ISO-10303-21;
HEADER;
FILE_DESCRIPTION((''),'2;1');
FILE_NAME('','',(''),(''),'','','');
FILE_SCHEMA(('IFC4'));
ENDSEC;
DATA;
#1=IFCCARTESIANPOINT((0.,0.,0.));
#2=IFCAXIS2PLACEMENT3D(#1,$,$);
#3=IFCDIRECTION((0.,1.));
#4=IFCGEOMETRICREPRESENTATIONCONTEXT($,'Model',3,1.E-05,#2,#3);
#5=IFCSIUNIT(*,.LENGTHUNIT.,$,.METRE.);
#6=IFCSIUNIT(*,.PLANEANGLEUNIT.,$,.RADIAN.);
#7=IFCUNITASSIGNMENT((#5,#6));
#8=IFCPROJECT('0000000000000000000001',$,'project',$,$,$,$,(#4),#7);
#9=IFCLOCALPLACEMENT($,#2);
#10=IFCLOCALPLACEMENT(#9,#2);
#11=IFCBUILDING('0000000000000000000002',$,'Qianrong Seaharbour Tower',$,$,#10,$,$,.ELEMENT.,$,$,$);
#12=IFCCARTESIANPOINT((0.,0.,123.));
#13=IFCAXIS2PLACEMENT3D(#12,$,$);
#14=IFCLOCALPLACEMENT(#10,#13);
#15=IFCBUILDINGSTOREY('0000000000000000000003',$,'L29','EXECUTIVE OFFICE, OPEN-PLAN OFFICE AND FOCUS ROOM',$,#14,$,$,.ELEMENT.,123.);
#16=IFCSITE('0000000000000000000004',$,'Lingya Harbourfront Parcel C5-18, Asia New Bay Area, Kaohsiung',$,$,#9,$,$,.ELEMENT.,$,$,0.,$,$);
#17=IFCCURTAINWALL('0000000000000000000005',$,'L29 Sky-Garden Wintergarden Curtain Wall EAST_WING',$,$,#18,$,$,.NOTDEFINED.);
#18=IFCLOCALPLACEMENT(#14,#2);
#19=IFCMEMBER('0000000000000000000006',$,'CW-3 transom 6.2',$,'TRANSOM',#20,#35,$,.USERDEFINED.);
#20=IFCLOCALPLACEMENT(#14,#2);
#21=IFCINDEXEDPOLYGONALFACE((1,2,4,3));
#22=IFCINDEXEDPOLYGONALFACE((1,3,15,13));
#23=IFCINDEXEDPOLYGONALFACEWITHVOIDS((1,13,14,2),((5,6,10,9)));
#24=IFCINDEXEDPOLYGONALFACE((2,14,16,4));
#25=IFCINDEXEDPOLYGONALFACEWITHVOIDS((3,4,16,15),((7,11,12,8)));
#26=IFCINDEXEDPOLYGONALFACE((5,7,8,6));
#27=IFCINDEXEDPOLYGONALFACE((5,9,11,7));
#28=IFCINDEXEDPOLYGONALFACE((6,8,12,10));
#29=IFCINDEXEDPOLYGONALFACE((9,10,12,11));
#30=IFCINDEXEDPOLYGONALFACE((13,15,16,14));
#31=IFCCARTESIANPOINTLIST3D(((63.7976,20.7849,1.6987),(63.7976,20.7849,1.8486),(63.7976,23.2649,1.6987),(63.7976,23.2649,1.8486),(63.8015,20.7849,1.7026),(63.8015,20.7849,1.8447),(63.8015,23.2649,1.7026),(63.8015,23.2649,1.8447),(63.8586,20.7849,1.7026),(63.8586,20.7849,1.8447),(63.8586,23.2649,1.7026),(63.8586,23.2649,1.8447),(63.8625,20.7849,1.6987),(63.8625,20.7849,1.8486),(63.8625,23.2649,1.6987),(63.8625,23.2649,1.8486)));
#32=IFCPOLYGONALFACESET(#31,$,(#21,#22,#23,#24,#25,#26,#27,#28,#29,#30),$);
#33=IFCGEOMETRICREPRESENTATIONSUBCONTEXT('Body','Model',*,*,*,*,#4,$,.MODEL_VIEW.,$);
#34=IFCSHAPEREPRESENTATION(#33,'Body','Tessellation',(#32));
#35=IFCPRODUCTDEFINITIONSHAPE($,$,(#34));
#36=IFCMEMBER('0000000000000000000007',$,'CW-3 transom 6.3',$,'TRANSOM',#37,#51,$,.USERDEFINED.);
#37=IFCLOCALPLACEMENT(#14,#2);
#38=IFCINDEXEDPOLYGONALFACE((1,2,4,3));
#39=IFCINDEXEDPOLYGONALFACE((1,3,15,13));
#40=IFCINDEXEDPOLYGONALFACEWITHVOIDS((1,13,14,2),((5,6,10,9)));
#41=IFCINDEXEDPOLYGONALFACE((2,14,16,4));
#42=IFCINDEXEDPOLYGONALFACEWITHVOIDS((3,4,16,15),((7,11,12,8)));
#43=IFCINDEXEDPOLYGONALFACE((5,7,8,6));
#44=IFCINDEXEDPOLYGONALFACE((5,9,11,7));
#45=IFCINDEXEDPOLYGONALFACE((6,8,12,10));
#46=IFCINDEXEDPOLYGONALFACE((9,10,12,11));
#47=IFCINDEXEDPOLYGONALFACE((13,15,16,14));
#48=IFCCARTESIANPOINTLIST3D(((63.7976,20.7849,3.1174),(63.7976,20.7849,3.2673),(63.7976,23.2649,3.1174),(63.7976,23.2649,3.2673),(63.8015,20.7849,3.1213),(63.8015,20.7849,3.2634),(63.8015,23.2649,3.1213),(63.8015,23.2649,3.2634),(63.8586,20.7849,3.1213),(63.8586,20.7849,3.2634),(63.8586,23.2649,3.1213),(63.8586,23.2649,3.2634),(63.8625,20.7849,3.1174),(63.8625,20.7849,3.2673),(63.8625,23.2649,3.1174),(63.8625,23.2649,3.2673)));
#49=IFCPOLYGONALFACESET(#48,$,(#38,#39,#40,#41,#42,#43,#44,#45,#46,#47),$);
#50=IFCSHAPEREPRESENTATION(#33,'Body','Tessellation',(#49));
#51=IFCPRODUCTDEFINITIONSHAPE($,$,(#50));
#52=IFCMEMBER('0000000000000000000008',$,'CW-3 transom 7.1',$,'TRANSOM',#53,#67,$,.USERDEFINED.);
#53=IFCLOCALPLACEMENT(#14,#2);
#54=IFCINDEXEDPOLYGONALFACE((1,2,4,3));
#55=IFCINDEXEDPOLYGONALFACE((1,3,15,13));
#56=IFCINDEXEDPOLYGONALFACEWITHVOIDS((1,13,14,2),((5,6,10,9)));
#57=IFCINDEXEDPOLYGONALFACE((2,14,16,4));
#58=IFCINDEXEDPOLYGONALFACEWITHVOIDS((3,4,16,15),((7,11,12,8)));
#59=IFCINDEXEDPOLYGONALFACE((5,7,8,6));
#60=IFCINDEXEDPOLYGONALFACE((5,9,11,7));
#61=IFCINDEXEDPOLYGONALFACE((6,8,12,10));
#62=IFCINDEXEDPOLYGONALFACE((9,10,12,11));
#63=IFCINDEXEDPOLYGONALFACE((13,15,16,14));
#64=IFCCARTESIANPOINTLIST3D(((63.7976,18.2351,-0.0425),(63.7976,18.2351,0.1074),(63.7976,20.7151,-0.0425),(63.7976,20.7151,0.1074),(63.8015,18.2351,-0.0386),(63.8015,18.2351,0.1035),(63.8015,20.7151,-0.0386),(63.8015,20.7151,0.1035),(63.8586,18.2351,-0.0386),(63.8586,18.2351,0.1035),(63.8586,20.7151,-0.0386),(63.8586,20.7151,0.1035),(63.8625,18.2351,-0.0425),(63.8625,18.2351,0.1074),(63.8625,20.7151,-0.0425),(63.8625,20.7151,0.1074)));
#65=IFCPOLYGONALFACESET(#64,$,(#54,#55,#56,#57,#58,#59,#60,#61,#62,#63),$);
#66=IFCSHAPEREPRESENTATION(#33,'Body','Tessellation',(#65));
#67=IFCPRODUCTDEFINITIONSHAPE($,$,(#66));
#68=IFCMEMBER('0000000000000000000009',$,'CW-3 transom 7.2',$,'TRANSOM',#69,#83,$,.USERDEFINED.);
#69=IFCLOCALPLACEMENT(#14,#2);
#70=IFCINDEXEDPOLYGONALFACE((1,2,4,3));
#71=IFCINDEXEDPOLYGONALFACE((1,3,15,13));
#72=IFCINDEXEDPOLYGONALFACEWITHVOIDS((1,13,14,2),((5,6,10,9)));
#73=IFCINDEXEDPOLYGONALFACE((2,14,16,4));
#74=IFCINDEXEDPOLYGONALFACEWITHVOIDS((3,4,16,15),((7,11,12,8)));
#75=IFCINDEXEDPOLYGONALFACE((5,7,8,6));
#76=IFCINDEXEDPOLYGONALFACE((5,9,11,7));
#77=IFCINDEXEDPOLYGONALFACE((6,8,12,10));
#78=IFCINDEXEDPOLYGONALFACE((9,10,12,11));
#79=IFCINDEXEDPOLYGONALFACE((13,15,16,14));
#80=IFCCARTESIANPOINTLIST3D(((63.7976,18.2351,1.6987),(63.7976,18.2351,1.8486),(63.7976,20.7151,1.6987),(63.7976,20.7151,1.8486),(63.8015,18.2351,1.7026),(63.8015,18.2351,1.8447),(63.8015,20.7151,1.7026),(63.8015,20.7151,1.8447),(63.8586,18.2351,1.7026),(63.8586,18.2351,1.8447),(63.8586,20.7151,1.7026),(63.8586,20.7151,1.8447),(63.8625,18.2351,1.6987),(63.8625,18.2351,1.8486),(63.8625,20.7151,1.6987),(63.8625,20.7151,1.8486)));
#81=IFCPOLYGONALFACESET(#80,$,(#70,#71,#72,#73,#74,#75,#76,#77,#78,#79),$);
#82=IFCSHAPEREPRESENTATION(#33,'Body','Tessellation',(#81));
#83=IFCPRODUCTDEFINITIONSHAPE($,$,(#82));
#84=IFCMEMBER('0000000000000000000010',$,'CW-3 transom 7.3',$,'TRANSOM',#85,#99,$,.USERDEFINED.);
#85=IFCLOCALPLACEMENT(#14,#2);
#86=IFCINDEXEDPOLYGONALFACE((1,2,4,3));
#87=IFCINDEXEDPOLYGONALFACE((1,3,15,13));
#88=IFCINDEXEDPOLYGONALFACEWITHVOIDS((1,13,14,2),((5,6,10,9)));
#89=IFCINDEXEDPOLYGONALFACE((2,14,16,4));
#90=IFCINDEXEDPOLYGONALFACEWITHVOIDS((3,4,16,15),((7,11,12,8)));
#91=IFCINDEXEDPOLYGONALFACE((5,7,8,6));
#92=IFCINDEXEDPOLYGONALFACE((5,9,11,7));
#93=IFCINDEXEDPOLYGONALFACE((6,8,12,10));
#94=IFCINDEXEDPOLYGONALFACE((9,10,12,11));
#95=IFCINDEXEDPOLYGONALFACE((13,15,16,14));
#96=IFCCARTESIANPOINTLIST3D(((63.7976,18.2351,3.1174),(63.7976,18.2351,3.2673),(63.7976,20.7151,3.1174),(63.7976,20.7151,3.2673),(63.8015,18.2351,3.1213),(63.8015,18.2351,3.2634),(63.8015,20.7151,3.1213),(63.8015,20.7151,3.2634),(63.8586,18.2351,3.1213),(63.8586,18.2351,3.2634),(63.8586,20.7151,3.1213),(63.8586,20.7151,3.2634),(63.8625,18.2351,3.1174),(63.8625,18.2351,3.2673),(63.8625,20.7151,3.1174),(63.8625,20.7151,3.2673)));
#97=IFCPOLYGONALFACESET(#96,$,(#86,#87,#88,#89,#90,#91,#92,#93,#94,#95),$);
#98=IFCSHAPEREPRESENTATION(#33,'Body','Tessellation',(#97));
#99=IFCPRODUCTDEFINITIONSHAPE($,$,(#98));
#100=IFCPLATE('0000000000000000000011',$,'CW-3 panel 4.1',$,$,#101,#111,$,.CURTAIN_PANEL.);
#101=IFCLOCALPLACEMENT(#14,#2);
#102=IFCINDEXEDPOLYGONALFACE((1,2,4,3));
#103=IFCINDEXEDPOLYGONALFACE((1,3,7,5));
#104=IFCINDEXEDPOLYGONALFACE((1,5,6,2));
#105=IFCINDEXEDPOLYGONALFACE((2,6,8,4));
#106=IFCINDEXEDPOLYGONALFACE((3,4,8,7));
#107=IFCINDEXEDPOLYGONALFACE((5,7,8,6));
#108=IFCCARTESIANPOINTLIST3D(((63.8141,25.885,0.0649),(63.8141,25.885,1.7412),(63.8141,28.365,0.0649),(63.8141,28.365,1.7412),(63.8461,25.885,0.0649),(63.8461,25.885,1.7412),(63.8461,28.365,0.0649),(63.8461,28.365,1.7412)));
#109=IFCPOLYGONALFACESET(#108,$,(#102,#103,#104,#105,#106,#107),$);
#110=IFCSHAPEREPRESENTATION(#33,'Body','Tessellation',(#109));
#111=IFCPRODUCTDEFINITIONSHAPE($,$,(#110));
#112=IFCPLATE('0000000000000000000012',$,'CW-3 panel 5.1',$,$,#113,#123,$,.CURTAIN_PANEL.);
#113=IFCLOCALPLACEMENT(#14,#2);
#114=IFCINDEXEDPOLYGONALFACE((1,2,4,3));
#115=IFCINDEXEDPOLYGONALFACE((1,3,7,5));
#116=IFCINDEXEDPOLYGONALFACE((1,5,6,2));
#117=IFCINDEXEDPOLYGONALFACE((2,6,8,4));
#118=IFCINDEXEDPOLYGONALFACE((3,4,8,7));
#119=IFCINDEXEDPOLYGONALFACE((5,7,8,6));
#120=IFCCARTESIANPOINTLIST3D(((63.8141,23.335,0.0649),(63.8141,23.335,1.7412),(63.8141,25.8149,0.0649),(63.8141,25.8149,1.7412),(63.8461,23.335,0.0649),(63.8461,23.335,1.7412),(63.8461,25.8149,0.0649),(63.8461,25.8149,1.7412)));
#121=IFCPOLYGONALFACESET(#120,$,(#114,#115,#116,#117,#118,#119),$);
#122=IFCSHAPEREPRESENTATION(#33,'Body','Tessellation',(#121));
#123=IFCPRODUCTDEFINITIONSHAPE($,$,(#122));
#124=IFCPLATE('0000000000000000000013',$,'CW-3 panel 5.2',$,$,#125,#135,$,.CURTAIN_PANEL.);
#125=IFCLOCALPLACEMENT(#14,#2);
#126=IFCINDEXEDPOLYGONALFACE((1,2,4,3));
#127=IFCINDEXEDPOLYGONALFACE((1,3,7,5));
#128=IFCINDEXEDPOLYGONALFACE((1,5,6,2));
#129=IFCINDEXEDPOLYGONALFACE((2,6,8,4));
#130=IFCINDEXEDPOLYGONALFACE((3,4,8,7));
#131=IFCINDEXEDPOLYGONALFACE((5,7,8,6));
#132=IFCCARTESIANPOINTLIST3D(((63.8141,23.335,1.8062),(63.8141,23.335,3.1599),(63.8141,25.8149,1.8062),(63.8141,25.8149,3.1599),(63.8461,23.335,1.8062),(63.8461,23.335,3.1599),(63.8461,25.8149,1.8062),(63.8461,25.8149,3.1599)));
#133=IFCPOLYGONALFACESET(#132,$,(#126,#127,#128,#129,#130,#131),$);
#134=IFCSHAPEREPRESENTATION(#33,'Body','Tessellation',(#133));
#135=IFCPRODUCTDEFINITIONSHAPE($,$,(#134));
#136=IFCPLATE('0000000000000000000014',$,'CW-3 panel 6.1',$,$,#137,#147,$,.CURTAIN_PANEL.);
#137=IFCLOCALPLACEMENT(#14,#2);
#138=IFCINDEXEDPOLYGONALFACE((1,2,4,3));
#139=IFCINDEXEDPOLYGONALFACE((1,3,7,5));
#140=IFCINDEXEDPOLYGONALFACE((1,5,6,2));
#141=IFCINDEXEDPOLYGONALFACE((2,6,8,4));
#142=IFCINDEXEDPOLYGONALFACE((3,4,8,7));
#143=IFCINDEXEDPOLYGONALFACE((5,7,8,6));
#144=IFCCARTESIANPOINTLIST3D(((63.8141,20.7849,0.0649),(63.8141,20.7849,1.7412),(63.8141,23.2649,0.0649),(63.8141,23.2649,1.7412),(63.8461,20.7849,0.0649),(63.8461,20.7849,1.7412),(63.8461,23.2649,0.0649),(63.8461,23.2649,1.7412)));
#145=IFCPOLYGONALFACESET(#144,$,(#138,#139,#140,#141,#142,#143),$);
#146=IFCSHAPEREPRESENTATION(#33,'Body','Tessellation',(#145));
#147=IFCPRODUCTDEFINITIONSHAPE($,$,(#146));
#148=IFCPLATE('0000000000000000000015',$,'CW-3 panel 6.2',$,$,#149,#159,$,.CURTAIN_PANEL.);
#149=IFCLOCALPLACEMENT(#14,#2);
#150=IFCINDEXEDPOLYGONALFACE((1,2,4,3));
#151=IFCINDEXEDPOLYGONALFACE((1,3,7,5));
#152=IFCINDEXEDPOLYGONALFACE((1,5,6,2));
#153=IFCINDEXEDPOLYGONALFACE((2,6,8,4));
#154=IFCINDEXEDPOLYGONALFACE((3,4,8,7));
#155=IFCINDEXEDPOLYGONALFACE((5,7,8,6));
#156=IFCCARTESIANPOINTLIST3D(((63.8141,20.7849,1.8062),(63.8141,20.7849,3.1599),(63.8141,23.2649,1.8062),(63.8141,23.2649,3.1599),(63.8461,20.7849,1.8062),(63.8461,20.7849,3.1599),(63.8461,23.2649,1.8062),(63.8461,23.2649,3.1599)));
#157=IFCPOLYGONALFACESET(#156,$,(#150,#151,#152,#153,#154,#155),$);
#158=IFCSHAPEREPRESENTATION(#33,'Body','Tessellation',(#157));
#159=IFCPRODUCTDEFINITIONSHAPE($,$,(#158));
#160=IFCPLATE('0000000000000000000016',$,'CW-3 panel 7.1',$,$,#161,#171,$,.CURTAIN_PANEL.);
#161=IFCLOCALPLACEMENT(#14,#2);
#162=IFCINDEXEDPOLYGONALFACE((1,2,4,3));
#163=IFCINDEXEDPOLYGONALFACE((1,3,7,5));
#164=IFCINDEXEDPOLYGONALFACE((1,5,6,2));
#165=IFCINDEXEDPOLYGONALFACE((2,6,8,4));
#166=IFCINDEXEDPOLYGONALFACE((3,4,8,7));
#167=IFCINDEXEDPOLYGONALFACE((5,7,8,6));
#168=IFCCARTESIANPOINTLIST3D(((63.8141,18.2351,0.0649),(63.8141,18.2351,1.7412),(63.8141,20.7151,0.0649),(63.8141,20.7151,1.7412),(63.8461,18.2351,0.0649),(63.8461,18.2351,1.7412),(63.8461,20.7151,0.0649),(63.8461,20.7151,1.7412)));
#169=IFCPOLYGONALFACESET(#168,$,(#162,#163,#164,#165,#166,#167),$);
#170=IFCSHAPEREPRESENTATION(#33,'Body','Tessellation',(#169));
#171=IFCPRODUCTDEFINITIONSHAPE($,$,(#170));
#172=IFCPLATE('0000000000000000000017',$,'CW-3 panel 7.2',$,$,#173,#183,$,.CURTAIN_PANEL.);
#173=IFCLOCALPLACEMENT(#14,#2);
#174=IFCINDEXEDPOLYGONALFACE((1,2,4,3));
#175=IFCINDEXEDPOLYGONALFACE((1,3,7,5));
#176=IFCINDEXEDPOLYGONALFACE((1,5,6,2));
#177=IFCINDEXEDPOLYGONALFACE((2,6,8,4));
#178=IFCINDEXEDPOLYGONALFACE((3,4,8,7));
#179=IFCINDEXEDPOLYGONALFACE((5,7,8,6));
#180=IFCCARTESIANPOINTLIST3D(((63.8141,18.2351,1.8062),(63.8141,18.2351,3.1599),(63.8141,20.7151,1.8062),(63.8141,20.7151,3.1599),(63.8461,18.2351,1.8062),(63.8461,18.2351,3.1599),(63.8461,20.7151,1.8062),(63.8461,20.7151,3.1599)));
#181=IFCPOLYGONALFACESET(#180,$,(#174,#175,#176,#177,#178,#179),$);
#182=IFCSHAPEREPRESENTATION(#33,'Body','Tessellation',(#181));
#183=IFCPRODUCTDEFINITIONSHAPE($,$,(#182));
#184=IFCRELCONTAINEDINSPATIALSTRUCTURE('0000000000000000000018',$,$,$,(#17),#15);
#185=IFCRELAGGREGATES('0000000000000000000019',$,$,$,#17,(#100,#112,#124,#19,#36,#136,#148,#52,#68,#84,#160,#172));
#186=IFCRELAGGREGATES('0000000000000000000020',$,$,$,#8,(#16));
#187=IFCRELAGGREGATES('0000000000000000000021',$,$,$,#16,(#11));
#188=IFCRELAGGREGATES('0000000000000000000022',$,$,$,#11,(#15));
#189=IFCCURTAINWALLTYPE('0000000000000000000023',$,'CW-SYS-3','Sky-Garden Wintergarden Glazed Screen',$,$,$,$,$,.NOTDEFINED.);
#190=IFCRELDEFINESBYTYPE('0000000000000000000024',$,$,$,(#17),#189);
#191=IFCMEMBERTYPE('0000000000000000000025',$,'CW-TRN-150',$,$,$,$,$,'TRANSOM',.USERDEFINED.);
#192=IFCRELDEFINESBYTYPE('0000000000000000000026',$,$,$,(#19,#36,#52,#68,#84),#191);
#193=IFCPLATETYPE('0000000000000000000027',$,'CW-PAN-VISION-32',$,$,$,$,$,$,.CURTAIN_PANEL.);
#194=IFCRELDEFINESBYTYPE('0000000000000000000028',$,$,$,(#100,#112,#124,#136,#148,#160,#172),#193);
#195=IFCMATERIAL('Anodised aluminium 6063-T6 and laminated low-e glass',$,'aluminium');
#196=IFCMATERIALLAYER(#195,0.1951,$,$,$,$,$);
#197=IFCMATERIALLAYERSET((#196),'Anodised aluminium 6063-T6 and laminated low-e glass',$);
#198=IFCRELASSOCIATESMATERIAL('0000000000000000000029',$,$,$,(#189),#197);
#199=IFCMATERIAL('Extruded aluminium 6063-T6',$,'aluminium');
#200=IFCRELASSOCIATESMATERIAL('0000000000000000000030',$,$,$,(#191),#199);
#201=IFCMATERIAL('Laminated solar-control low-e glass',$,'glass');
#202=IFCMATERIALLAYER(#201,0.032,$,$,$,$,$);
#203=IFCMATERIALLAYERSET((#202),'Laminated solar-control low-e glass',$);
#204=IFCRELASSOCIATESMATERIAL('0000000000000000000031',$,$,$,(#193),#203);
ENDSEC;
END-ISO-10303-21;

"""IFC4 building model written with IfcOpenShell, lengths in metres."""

from ifc_helpers import new_model, si_unit, direction, frame, origin, origin_2d, place, context, subcontext, project, spatial, rectangle, hollow_rectangle, extrude, material, layer, layer_set, material_profile, profile_set, type_object, element, aggregate, save


model = new_model("IFC4")

# Units and contexts
model_context = context("Model", 3, precision=1e-05, world=origin(), true_north=direction((0.0, 1.0)))
body_context = subcontext(model_context, "Body", "Model", "MODEL_VIEW")
ifc_project = project(units=[si_unit("LENGTHUNIT", "METRE"), si_unit("PLANEANGLEUNIT", "RADIAN")], contexts=[model_context])

# Site, building, storey
site_placement = place(None, origin())
site = spatial("IfcSite", under=ifc_project, at=site_placement, Name="Lingya Harbourfront Parcel C5-18, Asia New Bay Area, Kaohsiung", CompositionType="ELEMENT", RefElevation=0.0)
building_placement = place(site_placement, origin())
building = spatial("IfcBuilding", under=site, at=building_placement, Name="Qianrong Seaharbour Tower", CompositionType="ELEMENT")
storey_placement = place(building_placement, frame((0.0, 0.0, 123.0)))
storey = spatial("IfcBuildingStorey", under=building, at=storey_placement, Name="L29", Description="EXECUTIVE OFFICE, OPEN-PLAN OFFICE AND FOCUS ROOM", CompositionType="ELEMENT", Elevation=123.0)

# Curtain wall, members, plates
ifc_material_1 = material(Name="Anodised aluminium 6063-T6 and laminated low-e glass", Category="aluminium")
ifc_layer_1 = layer(ifc_material_1, 0.1951)
ifc_layer_set_1 = layer_set([ifc_layer_1], Name="Anodised aluminium 6063-T6 and laminated low-e glass")
curtain_wall_type = type_object("IfcCurtainWallType", Name="CW-SYS-3", Description="Sky-Garden Wintergarden Glazed Screen", PredefinedType="NOTDEFINED", material=ifc_layer_set_1)
curtain_wall_placement = place(storey_placement, origin())
curtain_wall = element("IfcCurtainWall", 1, at=curtain_wall_placement, inside=storey, type_object=curtain_wall_type, Name="L29 Sky-Garden Wintergarden Curtain Wall EAST_WING", PredefinedType="NOTDEFINED")
ifc_material_2 = material(Name="Extruded aluminium 6063-T6", Category="aluminium")
ifc_material_profile_1 = material_profile(ifc_material_2, hollow_rectangle(XDim=0.0649, YDim=0.1499, WallThickness=0.0039, at=origin_2d()), Name="ALU-TRN-150x65x4")
ifc_profile_set_1 = profile_set([ifc_material_profile_1], Name="Extruded aluminium 6063-T6")
member_type_1 = type_object("IfcMemberType", Name="CW-TRN-150", ElementType="TRANSOM", PredefinedType="USERDEFINED", material=ifc_profile_set_1)
member_1_placement = place(storey_placement, frame((63.8301, 23.2649, 1.7737), z_axis=(0.0, -1.0, 0.0), x_axis=(1.0, 0.0, 0.0)))
member_1 = element("IfcMember", 2, at=member_1_placement, type_object=member_type_1, Name="CW-3 transom 6.2", ObjectType="TRANSOM", PredefinedType="USERDEFINED", context=body_context, shape_type="SweptSolid", body=[
    extrude(hollow_rectangle(XDim=0.0649, YDim=0.1499, WallThickness=0.0039, at=origin_2d()), origin(), (0.0, 0.0, 1.0), 2.48),
])
member_2_placement = place(storey_placement, frame((63.8301, 23.2649, 3.1924), z_axis=(0.0, -1.0, 0.0), x_axis=(1.0, 0.0, 0.0)))
member_2 = element("IfcMember", 3, at=member_2_placement, type_object=member_type_1, Name="CW-3 transom 6.3", ObjectType="TRANSOM", PredefinedType="USERDEFINED", context=body_context, shape_type="SweptSolid", body=[
    extrude(hollow_rectangle(XDim=0.0649, YDim=0.1499, WallThickness=0.0039, at=origin_2d()), origin(), (0.0, 0.0, 1.0), 2.48),
])
member_3_placement = place(storey_placement, frame((63.8301, 20.7151, 0.0325), z_axis=(0.0, -1.0, 0.0), x_axis=(1.0, 0.0, 0.0)))
member_3 = element("IfcMember", 4, at=member_3_placement, type_object=member_type_1, Name="CW-3 transom 7.1", ObjectType="TRANSOM", PredefinedType="USERDEFINED", context=body_context, shape_type="SweptSolid", body=[
    extrude(hollow_rectangle(XDim=0.0649, YDim=0.1499, WallThickness=0.0039, at=origin_2d()), origin(), (0.0, 0.0, 1.0), 2.48),
])
member_4_placement = place(storey_placement, frame((63.8301, 20.7151, 1.7737), z_axis=(0.0, -1.0, 0.0), x_axis=(1.0, 0.0, 0.0)))
member_4 = element("IfcMember", 5, at=member_4_placement, type_object=member_type_1, Name="CW-3 transom 7.2", ObjectType="TRANSOM", PredefinedType="USERDEFINED", context=body_context, shape_type="SweptSolid", body=[
    extrude(hollow_rectangle(XDim=0.0649, YDim=0.1499, WallThickness=0.0039, at=origin_2d()), origin(), (0.0, 0.0, 1.0), 2.48),
])
member_5_placement = place(storey_placement, frame((63.8301, 20.7151, 3.1924), z_axis=(0.0, -1.0, 0.0), x_axis=(1.0, 0.0, 0.0)))
member_5 = element("IfcMember", 6, at=member_5_placement, type_object=member_type_1, Name="CW-3 transom 7.3", ObjectType="TRANSOM", PredefinedType="USERDEFINED", context=body_context, shape_type="SweptSolid", body=[
    extrude(hollow_rectangle(XDim=0.0649, YDim=0.1499, WallThickness=0.0039, at=origin_2d()), origin(), (0.0, 0.0, 1.0), 2.48),
])
ifc_material_3 = material(Name="Laminated solar-control low-e glass", Category="glass")
ifc_layer_2 = layer(ifc_material_3, 0.032)
ifc_layer_set_2 = layer_set([ifc_layer_2], Name="Laminated solar-control low-e glass")
plate_type = type_object("IfcPlateType", Name="CW-PAN-VISION-32", PredefinedType="CURTAIN_PANEL", material=ifc_layer_set_2)
plate_1_placement = place(storey_placement, frame((63.8301, 27.125, 0.0649), z_axis=(0.0, 0.0, 1.0), x_axis=(0.0, -1.0, 0.0)))
plate_1 = element("IfcPlate", 7, at=plate_1_placement, type_object=plate_type, Name="CW-3 panel 4.1", PredefinedType="CURTAIN_PANEL", context=body_context, shape_type="SweptSolid", body=[
    extrude(rectangle(XDim=2.48, YDim=0.032, at=origin_2d()), origin(), (0.0, 0.0, 1.0), 1.6763),
])
plate_2_placement = place(storey_placement, frame((63.8301, 24.575, 0.0649), z_axis=(0.0, 0.0, 1.0), x_axis=(0.0, -1.0, 0.0)))
plate_2 = element("IfcPlate", 8, at=plate_2_placement, type_object=plate_type, Name="CW-3 panel 5.1", PredefinedType="CURTAIN_PANEL", context=body_context, shape_type="SweptSolid", body=[
    extrude(rectangle(XDim=2.48, YDim=0.032, at=origin_2d()), origin(), (0.0, 0.0, 1.0), 1.6763),
])
plate_3_placement = place(storey_placement, frame((63.8301, 24.575, 1.8062), z_axis=(0.0, 0.0, 1.0), x_axis=(0.0, -1.0, 0.0)))
plate_3 = element("IfcPlate", 9, at=plate_3_placement, type_object=plate_type, Name="CW-3 panel 5.2", PredefinedType="CURTAIN_PANEL", context=body_context, shape_type="SweptSolid", body=[
    extrude(rectangle(XDim=2.48, YDim=0.032, at=origin_2d()), origin(), (0.0, 0.0, 1.0), 1.3538),
])
plate_4_placement = place(storey_placement, frame((63.8301, 22.0249, 0.0649), z_axis=(0.0, 0.0, 1.0), x_axis=(0.0, -1.0, 0.0)))
plate_4 = element("IfcPlate", 10, at=plate_4_placement, type_object=plate_type, Name="CW-3 panel 6.1", PredefinedType="CURTAIN_PANEL", context=body_context, shape_type="SweptSolid", body=[
    extrude(rectangle(XDim=2.48, YDim=0.032, at=origin_2d()), origin(), (0.0, 0.0, 1.0), 1.6763),
])
plate_5_placement = place(storey_placement, frame((63.8301, 22.0249, 1.8062), z_axis=(0.0, 0.0, 1.0), x_axis=(0.0, -1.0, 0.0)))
plate_5 = element("IfcPlate", 11, at=plate_5_placement, type_object=plate_type, Name="CW-3 panel 6.2", PredefinedType="CURTAIN_PANEL", context=body_context, shape_type="SweptSolid", body=[
    extrude(rectangle(XDim=2.48, YDim=0.032, at=origin_2d()), origin(), (0.0, 0.0, 1.0), 1.3538),
])
plate_6_placement = place(storey_placement, frame((63.8301, 19.4751, 0.0649), z_axis=(0.0, 0.0, 1.0), x_axis=(0.0, -1.0, 0.0)))
plate_6 = element("IfcPlate", 12, at=plate_6_placement, type_object=plate_type, Name="CW-3 panel 7.1", PredefinedType="CURTAIN_PANEL", context=body_context, shape_type="SweptSolid", body=[
    extrude(rectangle(XDim=2.48, YDim=0.032, at=origin_2d()), origin(), (0.0, 0.0, 1.0), 1.6763),
])
plate_7_placement = place(storey_placement, frame((63.8301, 19.4751, 1.8062), z_axis=(0.0, 0.0, 1.0), x_axis=(0.0, -1.0, 0.0)))
plate_7 = element("IfcPlate", 13, at=plate_7_placement, type_object=plate_type, Name="CW-3 panel 7.2", PredefinedType="CURTAIN_PANEL", context=body_context, shape_type="SweptSolid", body=[
    extrude(rectangle(XDim=2.48, YDim=0.032, at=origin_2d()), origin(), (0.0, 0.0, 1.0), 1.3538),
])
aggregate(curtain_wall, [plate_1, plate_2, plate_3, member_1, member_2, plate_4, plate_5, member_3, member_4, member_5, plate_6, plate_7])

save(model, "model.ifc")
